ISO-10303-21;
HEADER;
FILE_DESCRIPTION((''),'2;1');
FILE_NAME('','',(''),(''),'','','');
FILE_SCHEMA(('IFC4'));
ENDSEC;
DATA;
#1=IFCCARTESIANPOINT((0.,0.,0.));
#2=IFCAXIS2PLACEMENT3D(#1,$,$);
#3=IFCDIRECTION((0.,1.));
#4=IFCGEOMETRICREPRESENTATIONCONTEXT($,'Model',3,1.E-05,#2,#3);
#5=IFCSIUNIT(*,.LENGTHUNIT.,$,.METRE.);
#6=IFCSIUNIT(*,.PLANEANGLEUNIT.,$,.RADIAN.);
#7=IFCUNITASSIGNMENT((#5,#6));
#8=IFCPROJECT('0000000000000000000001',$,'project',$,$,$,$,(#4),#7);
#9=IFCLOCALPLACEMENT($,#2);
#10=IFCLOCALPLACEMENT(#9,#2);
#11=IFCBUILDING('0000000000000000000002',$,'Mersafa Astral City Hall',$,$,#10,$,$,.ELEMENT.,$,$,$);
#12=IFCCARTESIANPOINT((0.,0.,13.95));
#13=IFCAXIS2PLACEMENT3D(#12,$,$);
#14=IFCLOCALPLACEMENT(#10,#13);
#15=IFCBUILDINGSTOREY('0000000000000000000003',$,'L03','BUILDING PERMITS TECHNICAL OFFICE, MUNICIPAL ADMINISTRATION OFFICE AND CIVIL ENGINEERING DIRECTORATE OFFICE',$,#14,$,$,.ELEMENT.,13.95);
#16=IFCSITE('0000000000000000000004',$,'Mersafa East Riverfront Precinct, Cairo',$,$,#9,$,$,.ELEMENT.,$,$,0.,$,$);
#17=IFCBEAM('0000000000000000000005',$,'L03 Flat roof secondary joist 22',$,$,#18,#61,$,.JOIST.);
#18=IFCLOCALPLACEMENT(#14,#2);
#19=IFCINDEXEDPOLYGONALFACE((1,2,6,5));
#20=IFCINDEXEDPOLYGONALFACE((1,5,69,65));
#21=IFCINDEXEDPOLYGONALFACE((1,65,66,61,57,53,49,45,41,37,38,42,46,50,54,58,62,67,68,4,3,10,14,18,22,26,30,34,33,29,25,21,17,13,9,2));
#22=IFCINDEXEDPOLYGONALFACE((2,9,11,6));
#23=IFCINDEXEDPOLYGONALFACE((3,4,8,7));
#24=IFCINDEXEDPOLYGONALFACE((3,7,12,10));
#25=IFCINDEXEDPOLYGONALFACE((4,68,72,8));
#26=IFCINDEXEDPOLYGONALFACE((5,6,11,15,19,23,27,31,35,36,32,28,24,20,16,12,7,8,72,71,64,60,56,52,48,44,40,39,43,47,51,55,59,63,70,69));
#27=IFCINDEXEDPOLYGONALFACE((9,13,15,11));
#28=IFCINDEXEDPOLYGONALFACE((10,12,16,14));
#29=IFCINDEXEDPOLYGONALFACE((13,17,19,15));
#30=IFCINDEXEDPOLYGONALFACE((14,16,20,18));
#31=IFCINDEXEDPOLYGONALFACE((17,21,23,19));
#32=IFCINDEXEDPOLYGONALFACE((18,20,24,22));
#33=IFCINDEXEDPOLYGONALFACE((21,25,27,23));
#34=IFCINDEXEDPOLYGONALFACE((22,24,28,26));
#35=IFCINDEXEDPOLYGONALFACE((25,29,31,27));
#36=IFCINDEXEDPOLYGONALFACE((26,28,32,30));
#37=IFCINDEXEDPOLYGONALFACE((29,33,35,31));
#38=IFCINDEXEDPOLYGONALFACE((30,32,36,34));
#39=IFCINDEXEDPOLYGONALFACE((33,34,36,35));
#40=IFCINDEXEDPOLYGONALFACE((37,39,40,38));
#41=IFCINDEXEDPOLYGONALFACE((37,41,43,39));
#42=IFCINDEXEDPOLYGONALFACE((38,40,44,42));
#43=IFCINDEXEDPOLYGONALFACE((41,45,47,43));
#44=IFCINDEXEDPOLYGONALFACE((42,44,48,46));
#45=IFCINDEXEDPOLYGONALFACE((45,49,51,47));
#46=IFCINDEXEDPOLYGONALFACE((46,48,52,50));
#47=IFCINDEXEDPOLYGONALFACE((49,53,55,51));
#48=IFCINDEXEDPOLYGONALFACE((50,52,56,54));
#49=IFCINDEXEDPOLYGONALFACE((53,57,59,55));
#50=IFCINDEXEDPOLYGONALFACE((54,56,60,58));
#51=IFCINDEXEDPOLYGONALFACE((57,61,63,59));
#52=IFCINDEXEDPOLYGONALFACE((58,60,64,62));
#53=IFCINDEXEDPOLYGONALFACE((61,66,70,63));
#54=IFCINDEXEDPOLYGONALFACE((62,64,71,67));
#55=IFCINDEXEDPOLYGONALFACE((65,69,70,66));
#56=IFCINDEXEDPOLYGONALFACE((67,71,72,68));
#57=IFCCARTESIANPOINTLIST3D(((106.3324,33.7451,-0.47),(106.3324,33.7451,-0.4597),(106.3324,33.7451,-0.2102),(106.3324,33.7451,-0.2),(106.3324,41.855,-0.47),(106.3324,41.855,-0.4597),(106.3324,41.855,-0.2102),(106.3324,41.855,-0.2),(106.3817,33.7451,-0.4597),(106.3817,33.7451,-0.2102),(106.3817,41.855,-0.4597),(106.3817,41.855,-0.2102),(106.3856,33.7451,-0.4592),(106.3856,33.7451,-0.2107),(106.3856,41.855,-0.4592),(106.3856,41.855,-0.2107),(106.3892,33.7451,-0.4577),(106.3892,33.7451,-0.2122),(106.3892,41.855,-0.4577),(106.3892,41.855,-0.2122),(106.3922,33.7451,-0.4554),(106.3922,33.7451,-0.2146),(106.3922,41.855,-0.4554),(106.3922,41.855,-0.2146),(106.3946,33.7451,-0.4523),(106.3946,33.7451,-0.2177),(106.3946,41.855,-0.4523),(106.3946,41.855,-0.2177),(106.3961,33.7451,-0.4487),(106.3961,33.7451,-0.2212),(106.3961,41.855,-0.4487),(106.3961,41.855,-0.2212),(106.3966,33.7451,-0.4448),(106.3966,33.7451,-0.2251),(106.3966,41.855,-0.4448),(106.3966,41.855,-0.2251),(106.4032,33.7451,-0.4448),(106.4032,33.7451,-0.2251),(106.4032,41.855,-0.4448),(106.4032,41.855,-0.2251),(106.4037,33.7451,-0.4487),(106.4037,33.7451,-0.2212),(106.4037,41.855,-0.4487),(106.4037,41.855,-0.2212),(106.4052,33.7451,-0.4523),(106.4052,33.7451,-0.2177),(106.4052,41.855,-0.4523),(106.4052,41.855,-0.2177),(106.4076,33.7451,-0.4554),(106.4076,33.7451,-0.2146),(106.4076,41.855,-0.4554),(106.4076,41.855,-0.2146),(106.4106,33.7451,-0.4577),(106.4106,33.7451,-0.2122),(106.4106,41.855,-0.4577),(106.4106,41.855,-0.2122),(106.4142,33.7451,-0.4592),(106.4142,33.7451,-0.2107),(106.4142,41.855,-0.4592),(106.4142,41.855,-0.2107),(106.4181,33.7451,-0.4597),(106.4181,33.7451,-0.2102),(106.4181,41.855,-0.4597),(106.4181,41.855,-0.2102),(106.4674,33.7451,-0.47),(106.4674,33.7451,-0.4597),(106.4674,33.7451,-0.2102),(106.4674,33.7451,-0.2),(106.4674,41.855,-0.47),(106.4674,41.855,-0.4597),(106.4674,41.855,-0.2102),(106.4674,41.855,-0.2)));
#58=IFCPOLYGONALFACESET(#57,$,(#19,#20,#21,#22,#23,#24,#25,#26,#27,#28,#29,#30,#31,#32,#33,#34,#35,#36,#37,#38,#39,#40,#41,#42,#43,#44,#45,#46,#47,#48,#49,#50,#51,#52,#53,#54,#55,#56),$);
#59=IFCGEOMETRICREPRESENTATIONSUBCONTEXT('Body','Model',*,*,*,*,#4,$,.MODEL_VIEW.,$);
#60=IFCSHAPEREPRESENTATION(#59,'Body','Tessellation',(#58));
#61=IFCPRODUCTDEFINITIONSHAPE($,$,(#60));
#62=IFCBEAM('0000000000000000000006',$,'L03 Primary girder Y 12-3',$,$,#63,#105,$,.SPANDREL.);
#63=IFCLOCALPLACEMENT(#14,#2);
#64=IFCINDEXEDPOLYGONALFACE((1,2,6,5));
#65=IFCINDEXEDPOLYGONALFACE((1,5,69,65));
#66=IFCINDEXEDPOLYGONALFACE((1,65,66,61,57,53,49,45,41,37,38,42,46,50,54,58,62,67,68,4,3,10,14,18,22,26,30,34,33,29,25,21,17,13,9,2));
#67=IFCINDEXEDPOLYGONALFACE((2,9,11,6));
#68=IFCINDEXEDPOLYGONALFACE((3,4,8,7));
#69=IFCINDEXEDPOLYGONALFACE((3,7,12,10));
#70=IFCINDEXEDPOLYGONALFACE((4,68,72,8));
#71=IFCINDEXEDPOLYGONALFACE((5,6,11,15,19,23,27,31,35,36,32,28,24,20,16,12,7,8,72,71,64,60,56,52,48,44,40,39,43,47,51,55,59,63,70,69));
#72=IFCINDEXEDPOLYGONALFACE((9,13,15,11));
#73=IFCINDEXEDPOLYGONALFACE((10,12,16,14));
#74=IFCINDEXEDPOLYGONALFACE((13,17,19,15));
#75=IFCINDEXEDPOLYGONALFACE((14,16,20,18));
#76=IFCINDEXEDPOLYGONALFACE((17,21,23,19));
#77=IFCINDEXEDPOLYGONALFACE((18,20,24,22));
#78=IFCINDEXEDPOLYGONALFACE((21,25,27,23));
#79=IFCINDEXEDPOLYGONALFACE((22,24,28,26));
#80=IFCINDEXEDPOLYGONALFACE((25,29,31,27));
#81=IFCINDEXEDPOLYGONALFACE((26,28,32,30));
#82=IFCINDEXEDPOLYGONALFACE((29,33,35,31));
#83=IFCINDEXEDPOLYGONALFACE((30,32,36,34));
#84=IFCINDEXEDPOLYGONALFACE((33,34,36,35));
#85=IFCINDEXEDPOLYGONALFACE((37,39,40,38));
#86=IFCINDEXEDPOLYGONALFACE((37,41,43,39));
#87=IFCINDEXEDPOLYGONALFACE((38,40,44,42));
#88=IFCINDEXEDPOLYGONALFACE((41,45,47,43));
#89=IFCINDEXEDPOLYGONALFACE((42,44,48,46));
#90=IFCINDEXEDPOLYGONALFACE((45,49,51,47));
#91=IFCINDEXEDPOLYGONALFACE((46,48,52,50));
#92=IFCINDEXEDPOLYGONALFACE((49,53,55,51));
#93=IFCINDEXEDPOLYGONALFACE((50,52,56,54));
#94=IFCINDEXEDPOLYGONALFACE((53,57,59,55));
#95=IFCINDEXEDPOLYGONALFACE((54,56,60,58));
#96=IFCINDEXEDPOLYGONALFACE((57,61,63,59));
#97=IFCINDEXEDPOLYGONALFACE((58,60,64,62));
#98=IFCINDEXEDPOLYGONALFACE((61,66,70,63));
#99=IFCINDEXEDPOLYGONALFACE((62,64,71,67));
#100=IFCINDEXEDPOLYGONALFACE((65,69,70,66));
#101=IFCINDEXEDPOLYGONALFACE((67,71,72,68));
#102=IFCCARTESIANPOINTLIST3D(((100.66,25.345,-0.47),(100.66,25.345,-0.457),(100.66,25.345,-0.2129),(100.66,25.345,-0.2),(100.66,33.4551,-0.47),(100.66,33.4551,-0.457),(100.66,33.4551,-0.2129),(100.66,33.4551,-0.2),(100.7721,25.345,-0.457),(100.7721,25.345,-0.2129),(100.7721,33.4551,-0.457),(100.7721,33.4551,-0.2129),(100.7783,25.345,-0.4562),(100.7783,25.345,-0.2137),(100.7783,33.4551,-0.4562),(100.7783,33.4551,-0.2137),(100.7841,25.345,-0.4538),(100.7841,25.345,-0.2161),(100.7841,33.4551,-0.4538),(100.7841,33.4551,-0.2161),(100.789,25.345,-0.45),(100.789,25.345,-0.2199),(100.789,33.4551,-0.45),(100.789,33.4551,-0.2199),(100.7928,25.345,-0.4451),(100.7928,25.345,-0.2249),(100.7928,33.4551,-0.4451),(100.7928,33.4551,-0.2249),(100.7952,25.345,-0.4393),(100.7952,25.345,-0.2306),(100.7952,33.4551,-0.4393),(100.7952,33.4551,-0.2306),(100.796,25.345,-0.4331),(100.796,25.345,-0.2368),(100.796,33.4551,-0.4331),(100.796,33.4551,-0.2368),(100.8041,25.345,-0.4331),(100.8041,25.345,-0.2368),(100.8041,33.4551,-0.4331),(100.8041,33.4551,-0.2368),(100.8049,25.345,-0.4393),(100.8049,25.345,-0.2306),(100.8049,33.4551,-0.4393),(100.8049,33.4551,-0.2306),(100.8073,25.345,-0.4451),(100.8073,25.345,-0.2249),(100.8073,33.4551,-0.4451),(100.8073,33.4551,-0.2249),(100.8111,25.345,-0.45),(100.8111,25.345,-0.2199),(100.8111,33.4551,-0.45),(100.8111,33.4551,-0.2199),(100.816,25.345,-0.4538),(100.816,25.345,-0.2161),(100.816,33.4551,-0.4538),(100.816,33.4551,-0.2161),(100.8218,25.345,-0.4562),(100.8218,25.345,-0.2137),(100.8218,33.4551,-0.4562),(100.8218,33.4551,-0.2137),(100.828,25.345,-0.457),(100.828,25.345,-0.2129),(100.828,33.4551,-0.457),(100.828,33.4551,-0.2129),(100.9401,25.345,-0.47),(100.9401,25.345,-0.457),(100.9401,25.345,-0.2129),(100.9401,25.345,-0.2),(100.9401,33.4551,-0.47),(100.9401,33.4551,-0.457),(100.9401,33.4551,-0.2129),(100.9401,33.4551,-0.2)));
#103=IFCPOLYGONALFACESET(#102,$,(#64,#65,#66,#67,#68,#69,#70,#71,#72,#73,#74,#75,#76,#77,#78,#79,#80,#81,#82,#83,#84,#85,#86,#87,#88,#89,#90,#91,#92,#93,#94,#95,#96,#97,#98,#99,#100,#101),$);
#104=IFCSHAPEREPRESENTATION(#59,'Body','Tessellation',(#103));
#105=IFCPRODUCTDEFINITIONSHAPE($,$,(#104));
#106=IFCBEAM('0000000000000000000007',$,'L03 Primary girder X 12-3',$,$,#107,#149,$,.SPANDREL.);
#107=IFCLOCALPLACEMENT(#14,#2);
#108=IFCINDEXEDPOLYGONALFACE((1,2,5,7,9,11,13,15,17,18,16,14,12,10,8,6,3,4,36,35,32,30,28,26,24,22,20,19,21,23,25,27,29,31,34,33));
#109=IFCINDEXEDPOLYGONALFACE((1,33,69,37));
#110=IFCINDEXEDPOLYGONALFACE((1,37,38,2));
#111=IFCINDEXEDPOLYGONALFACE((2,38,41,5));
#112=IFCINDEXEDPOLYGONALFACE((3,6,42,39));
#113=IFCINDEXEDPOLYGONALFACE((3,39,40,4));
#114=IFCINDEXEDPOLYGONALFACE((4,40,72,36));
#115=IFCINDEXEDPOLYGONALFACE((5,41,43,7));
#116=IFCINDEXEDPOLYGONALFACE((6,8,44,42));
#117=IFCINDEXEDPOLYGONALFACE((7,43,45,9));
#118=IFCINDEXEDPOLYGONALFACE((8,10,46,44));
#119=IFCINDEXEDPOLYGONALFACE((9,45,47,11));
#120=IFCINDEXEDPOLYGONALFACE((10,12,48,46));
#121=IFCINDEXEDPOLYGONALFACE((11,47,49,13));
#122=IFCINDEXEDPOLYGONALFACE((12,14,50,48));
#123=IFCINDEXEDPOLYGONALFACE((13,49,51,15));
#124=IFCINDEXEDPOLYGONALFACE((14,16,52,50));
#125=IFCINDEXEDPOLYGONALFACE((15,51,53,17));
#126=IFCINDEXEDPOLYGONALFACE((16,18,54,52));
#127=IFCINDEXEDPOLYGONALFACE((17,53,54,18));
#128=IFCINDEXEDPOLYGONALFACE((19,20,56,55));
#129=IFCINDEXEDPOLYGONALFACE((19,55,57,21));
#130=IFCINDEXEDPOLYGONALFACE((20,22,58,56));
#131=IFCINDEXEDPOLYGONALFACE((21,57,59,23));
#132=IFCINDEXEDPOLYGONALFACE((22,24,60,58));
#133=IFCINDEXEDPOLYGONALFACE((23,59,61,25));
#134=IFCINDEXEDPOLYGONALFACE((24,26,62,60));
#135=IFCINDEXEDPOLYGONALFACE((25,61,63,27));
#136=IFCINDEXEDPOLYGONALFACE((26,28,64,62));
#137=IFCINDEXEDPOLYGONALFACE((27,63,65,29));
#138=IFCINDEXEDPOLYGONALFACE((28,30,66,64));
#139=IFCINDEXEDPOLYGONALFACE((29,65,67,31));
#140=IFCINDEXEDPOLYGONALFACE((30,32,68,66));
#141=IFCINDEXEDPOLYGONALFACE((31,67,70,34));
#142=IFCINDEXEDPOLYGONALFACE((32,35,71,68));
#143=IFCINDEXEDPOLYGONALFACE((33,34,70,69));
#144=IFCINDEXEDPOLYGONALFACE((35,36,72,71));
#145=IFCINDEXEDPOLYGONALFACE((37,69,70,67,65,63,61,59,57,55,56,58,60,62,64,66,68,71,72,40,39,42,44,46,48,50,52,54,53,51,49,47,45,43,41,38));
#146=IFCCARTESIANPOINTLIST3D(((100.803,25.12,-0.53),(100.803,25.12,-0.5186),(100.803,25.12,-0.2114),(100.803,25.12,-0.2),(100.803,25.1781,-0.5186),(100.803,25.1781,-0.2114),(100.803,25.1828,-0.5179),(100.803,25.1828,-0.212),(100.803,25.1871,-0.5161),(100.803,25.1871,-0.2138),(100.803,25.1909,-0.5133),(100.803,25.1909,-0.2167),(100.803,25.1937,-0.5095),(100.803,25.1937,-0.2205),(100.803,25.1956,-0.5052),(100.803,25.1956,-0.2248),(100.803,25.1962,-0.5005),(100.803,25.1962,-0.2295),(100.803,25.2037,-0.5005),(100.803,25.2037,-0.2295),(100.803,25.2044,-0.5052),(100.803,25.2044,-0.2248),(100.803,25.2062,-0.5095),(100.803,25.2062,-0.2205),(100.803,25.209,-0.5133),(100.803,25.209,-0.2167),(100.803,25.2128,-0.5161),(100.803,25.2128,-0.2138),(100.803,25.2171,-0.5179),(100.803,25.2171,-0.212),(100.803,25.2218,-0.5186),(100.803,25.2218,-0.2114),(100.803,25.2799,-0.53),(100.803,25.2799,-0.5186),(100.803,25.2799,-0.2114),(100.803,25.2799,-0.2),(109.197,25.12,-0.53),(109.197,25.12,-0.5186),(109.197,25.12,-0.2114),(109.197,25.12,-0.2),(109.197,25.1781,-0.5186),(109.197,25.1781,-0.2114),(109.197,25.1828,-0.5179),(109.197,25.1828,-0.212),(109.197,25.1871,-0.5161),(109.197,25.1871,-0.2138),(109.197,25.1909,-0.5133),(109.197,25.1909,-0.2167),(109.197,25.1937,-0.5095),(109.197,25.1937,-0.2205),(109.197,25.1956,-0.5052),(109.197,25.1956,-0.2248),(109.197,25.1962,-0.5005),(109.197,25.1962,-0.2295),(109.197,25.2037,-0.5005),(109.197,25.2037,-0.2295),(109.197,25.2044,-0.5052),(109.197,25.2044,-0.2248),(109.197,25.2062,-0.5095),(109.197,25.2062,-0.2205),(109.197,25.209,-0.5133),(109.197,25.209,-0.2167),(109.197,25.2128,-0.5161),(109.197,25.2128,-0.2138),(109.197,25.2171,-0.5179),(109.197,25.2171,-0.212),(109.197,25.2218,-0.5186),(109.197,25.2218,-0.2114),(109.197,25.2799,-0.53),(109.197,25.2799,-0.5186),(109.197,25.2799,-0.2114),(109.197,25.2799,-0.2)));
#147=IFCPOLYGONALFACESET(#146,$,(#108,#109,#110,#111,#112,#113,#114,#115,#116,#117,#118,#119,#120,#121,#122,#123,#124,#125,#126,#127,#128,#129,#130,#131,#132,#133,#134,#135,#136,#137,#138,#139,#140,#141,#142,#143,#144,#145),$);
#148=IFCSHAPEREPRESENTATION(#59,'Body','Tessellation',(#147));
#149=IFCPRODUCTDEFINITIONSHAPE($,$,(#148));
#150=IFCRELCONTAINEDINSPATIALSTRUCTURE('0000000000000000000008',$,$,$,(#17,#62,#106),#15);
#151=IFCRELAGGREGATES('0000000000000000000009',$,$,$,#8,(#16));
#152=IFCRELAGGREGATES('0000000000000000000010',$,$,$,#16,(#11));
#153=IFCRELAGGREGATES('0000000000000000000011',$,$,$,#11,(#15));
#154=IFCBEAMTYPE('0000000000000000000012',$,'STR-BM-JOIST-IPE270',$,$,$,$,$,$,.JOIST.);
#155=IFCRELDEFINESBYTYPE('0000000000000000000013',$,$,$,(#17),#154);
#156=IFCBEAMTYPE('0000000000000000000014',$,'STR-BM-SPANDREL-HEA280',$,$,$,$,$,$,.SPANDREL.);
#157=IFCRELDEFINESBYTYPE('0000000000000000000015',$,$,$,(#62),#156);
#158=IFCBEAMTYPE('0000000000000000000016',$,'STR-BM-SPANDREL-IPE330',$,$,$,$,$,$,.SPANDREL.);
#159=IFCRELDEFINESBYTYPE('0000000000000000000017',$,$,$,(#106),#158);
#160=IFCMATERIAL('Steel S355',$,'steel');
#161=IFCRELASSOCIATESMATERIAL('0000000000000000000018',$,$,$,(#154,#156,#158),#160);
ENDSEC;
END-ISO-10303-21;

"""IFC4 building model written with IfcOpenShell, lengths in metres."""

from ifc_helpers import new_model, si_unit, direction, frame, origin, origin_2d, place, context, subcontext, project, spatial, i_section, extrude, material, material_profile, profile_set, type_object, element, save


model = new_model("IFC4")

# Units and contexts
model_context = context("Model", 3, precision=1e-05, world=origin(), true_north=direction((0.0, 1.0)))
body_context = subcontext(model_context, "Body", "Model", "MODEL_VIEW")
ifc_project = project(units=[si_unit("LENGTHUNIT", "METRE"), si_unit("PLANEANGLEUNIT", "RADIAN")], contexts=[model_context])

# Site, building, storey
site_placement = place(None, origin())
site = spatial("IfcSite", under=ifc_project, at=site_placement, Name="Mersafa East Riverfront Precinct, Cairo", CompositionType="ELEMENT", RefElevation=0.0)
building_placement = place(site_placement, origin())
building = spatial("IfcBuilding", under=site, at=building_placement, Name="Mersafa Astral City Hall", CompositionType="ELEMENT")
storey_placement = place(building_placement, frame((0.0, 0.0, 13.95)))
storey = spatial("IfcBuildingStorey", under=building, at=storey_placement, Name="L03", Description="BUILDING PERMITS TECHNICAL OFFICE, MUNICIPAL ADMINISTRATION OFFICE AND CIVIL ENGINEERING DIRECTORATE OFFICE", CompositionType="ELEMENT", Elevation=13.95)

# Beams
ifc_material_1 = material(Name="Steel S355", Category="steel")
ifc_material_profile_1 = material_profile(ifc_material_1, i_section(OverallWidth=0.135, OverallDepth=0.27, WebThickness=0.0066, FlangeThickness=0.0103, FilletRadius=0.0149, at=origin_2d()), Name="IPE 270")
ifc_profile_set_1 = profile_set([ifc_material_profile_1], Name="Steel S355")
beam_type_1 = type_object("IfcBeamType", Name="STR-BM-JOIST-IPE270", PredefinedType="JOIST", material=ifc_profile_set_1)
for number, where, z_axis, x_axis, name in (
    (1, (106.3999, 33.7451, -0.335), (0.0, 1.0, 0.0), (-1.0, 0.0, 0.0), "L03 Flat roof secondary joist 22"),
):
    element("IfcBeam", number, at=place(storey_placement, frame(where, z_axis=z_axis, x_axis=x_axis)), inside=storey, type_object=beam_type_1, Name=name, PredefinedType="JOIST", context=body_context, shape_type="SweptSolid", body=[
        extrude(i_section(OverallWidth=0.135, OverallDepth=0.27, WebThickness=0.0066, FlangeThickness=0.0103, FilletRadius=0.0149, at=origin_2d()), origin(), (0.0, 0.0, 1.0), 8.1099),
    ])
ifc_material_profile_2 = material_profile(ifc_material_1, i_section(OverallWidth=0.28, OverallDepth=0.27, WebThickness=0.0081, FlangeThickness=0.0129, FilletRadius=0.0239, at=origin_2d()), Name="HEA 280")
ifc_profile_set_2 = profile_set([ifc_material_profile_2], Name="Steel S355")
beam_type_2 = type_object("IfcBeamType", Name="STR-BM-SPANDREL-HEA280", PredefinedType="SPANDREL", material=ifc_profile_set_2)
beam_1_placement = place(storey_placement, frame((100.8, 25.345, -0.335), z_axis=(0.0, 1.0, 0.0), x_axis=(-1.0, 0.0, 0.0)))
element("IfcBeam", 2, at=beam_1_placement, inside=storey, type_object=beam_type_2, Name="L03 Primary girder Y 12-3", PredefinedType="SPANDREL", context=body_context, shape_type="SweptSolid", body=[
    extrude(i_section(OverallWidth=0.28, OverallDepth=0.27, WebThickness=0.0081, FlangeThickness=0.0129, FilletRadius=0.0239, at=origin_2d()), origin(), (0.0, 0.0, 1.0), 8.1101),
])
ifc_material_profile_3 = material_profile(ifc_material_1, i_section(OverallWidth=0.1599, OverallDepth=0.3301, WebThickness=0.0076, FlangeThickness=0.0115, FilletRadius=0.0181, at=origin_2d()), Name="IPE 330")
ifc_profile_set_3 = profile_set([ifc_material_profile_3], Name="Steel S355")
beam_type_3 = type_object("IfcBeamType", Name="STR-BM-SPANDREL-IPE330", PredefinedType="SPANDREL", material=ifc_profile_set_3)
beam_2_placement = place(storey_placement, frame((100.803, 25.2, -0.365), z_axis=(1.0, 0.0, 0.0), x_axis=(0.0, 1.0, 0.0)))
element("IfcBeam", 3, at=beam_2_placement, inside=storey, type_object=beam_type_3, Name="L03 Primary girder X 12-3", PredefinedType="SPANDREL", context=body_context, shape_type="SweptSolid", body=[
    extrude(i_section(OverallWidth=0.1599, OverallDepth=0.3301, WebThickness=0.0076, FlangeThickness=0.0115, FilletRadius=0.0181, at=origin_2d()), origin(), (0.0, 0.0, 1.0), 8.394),
])

save(model, "model.ifc")
